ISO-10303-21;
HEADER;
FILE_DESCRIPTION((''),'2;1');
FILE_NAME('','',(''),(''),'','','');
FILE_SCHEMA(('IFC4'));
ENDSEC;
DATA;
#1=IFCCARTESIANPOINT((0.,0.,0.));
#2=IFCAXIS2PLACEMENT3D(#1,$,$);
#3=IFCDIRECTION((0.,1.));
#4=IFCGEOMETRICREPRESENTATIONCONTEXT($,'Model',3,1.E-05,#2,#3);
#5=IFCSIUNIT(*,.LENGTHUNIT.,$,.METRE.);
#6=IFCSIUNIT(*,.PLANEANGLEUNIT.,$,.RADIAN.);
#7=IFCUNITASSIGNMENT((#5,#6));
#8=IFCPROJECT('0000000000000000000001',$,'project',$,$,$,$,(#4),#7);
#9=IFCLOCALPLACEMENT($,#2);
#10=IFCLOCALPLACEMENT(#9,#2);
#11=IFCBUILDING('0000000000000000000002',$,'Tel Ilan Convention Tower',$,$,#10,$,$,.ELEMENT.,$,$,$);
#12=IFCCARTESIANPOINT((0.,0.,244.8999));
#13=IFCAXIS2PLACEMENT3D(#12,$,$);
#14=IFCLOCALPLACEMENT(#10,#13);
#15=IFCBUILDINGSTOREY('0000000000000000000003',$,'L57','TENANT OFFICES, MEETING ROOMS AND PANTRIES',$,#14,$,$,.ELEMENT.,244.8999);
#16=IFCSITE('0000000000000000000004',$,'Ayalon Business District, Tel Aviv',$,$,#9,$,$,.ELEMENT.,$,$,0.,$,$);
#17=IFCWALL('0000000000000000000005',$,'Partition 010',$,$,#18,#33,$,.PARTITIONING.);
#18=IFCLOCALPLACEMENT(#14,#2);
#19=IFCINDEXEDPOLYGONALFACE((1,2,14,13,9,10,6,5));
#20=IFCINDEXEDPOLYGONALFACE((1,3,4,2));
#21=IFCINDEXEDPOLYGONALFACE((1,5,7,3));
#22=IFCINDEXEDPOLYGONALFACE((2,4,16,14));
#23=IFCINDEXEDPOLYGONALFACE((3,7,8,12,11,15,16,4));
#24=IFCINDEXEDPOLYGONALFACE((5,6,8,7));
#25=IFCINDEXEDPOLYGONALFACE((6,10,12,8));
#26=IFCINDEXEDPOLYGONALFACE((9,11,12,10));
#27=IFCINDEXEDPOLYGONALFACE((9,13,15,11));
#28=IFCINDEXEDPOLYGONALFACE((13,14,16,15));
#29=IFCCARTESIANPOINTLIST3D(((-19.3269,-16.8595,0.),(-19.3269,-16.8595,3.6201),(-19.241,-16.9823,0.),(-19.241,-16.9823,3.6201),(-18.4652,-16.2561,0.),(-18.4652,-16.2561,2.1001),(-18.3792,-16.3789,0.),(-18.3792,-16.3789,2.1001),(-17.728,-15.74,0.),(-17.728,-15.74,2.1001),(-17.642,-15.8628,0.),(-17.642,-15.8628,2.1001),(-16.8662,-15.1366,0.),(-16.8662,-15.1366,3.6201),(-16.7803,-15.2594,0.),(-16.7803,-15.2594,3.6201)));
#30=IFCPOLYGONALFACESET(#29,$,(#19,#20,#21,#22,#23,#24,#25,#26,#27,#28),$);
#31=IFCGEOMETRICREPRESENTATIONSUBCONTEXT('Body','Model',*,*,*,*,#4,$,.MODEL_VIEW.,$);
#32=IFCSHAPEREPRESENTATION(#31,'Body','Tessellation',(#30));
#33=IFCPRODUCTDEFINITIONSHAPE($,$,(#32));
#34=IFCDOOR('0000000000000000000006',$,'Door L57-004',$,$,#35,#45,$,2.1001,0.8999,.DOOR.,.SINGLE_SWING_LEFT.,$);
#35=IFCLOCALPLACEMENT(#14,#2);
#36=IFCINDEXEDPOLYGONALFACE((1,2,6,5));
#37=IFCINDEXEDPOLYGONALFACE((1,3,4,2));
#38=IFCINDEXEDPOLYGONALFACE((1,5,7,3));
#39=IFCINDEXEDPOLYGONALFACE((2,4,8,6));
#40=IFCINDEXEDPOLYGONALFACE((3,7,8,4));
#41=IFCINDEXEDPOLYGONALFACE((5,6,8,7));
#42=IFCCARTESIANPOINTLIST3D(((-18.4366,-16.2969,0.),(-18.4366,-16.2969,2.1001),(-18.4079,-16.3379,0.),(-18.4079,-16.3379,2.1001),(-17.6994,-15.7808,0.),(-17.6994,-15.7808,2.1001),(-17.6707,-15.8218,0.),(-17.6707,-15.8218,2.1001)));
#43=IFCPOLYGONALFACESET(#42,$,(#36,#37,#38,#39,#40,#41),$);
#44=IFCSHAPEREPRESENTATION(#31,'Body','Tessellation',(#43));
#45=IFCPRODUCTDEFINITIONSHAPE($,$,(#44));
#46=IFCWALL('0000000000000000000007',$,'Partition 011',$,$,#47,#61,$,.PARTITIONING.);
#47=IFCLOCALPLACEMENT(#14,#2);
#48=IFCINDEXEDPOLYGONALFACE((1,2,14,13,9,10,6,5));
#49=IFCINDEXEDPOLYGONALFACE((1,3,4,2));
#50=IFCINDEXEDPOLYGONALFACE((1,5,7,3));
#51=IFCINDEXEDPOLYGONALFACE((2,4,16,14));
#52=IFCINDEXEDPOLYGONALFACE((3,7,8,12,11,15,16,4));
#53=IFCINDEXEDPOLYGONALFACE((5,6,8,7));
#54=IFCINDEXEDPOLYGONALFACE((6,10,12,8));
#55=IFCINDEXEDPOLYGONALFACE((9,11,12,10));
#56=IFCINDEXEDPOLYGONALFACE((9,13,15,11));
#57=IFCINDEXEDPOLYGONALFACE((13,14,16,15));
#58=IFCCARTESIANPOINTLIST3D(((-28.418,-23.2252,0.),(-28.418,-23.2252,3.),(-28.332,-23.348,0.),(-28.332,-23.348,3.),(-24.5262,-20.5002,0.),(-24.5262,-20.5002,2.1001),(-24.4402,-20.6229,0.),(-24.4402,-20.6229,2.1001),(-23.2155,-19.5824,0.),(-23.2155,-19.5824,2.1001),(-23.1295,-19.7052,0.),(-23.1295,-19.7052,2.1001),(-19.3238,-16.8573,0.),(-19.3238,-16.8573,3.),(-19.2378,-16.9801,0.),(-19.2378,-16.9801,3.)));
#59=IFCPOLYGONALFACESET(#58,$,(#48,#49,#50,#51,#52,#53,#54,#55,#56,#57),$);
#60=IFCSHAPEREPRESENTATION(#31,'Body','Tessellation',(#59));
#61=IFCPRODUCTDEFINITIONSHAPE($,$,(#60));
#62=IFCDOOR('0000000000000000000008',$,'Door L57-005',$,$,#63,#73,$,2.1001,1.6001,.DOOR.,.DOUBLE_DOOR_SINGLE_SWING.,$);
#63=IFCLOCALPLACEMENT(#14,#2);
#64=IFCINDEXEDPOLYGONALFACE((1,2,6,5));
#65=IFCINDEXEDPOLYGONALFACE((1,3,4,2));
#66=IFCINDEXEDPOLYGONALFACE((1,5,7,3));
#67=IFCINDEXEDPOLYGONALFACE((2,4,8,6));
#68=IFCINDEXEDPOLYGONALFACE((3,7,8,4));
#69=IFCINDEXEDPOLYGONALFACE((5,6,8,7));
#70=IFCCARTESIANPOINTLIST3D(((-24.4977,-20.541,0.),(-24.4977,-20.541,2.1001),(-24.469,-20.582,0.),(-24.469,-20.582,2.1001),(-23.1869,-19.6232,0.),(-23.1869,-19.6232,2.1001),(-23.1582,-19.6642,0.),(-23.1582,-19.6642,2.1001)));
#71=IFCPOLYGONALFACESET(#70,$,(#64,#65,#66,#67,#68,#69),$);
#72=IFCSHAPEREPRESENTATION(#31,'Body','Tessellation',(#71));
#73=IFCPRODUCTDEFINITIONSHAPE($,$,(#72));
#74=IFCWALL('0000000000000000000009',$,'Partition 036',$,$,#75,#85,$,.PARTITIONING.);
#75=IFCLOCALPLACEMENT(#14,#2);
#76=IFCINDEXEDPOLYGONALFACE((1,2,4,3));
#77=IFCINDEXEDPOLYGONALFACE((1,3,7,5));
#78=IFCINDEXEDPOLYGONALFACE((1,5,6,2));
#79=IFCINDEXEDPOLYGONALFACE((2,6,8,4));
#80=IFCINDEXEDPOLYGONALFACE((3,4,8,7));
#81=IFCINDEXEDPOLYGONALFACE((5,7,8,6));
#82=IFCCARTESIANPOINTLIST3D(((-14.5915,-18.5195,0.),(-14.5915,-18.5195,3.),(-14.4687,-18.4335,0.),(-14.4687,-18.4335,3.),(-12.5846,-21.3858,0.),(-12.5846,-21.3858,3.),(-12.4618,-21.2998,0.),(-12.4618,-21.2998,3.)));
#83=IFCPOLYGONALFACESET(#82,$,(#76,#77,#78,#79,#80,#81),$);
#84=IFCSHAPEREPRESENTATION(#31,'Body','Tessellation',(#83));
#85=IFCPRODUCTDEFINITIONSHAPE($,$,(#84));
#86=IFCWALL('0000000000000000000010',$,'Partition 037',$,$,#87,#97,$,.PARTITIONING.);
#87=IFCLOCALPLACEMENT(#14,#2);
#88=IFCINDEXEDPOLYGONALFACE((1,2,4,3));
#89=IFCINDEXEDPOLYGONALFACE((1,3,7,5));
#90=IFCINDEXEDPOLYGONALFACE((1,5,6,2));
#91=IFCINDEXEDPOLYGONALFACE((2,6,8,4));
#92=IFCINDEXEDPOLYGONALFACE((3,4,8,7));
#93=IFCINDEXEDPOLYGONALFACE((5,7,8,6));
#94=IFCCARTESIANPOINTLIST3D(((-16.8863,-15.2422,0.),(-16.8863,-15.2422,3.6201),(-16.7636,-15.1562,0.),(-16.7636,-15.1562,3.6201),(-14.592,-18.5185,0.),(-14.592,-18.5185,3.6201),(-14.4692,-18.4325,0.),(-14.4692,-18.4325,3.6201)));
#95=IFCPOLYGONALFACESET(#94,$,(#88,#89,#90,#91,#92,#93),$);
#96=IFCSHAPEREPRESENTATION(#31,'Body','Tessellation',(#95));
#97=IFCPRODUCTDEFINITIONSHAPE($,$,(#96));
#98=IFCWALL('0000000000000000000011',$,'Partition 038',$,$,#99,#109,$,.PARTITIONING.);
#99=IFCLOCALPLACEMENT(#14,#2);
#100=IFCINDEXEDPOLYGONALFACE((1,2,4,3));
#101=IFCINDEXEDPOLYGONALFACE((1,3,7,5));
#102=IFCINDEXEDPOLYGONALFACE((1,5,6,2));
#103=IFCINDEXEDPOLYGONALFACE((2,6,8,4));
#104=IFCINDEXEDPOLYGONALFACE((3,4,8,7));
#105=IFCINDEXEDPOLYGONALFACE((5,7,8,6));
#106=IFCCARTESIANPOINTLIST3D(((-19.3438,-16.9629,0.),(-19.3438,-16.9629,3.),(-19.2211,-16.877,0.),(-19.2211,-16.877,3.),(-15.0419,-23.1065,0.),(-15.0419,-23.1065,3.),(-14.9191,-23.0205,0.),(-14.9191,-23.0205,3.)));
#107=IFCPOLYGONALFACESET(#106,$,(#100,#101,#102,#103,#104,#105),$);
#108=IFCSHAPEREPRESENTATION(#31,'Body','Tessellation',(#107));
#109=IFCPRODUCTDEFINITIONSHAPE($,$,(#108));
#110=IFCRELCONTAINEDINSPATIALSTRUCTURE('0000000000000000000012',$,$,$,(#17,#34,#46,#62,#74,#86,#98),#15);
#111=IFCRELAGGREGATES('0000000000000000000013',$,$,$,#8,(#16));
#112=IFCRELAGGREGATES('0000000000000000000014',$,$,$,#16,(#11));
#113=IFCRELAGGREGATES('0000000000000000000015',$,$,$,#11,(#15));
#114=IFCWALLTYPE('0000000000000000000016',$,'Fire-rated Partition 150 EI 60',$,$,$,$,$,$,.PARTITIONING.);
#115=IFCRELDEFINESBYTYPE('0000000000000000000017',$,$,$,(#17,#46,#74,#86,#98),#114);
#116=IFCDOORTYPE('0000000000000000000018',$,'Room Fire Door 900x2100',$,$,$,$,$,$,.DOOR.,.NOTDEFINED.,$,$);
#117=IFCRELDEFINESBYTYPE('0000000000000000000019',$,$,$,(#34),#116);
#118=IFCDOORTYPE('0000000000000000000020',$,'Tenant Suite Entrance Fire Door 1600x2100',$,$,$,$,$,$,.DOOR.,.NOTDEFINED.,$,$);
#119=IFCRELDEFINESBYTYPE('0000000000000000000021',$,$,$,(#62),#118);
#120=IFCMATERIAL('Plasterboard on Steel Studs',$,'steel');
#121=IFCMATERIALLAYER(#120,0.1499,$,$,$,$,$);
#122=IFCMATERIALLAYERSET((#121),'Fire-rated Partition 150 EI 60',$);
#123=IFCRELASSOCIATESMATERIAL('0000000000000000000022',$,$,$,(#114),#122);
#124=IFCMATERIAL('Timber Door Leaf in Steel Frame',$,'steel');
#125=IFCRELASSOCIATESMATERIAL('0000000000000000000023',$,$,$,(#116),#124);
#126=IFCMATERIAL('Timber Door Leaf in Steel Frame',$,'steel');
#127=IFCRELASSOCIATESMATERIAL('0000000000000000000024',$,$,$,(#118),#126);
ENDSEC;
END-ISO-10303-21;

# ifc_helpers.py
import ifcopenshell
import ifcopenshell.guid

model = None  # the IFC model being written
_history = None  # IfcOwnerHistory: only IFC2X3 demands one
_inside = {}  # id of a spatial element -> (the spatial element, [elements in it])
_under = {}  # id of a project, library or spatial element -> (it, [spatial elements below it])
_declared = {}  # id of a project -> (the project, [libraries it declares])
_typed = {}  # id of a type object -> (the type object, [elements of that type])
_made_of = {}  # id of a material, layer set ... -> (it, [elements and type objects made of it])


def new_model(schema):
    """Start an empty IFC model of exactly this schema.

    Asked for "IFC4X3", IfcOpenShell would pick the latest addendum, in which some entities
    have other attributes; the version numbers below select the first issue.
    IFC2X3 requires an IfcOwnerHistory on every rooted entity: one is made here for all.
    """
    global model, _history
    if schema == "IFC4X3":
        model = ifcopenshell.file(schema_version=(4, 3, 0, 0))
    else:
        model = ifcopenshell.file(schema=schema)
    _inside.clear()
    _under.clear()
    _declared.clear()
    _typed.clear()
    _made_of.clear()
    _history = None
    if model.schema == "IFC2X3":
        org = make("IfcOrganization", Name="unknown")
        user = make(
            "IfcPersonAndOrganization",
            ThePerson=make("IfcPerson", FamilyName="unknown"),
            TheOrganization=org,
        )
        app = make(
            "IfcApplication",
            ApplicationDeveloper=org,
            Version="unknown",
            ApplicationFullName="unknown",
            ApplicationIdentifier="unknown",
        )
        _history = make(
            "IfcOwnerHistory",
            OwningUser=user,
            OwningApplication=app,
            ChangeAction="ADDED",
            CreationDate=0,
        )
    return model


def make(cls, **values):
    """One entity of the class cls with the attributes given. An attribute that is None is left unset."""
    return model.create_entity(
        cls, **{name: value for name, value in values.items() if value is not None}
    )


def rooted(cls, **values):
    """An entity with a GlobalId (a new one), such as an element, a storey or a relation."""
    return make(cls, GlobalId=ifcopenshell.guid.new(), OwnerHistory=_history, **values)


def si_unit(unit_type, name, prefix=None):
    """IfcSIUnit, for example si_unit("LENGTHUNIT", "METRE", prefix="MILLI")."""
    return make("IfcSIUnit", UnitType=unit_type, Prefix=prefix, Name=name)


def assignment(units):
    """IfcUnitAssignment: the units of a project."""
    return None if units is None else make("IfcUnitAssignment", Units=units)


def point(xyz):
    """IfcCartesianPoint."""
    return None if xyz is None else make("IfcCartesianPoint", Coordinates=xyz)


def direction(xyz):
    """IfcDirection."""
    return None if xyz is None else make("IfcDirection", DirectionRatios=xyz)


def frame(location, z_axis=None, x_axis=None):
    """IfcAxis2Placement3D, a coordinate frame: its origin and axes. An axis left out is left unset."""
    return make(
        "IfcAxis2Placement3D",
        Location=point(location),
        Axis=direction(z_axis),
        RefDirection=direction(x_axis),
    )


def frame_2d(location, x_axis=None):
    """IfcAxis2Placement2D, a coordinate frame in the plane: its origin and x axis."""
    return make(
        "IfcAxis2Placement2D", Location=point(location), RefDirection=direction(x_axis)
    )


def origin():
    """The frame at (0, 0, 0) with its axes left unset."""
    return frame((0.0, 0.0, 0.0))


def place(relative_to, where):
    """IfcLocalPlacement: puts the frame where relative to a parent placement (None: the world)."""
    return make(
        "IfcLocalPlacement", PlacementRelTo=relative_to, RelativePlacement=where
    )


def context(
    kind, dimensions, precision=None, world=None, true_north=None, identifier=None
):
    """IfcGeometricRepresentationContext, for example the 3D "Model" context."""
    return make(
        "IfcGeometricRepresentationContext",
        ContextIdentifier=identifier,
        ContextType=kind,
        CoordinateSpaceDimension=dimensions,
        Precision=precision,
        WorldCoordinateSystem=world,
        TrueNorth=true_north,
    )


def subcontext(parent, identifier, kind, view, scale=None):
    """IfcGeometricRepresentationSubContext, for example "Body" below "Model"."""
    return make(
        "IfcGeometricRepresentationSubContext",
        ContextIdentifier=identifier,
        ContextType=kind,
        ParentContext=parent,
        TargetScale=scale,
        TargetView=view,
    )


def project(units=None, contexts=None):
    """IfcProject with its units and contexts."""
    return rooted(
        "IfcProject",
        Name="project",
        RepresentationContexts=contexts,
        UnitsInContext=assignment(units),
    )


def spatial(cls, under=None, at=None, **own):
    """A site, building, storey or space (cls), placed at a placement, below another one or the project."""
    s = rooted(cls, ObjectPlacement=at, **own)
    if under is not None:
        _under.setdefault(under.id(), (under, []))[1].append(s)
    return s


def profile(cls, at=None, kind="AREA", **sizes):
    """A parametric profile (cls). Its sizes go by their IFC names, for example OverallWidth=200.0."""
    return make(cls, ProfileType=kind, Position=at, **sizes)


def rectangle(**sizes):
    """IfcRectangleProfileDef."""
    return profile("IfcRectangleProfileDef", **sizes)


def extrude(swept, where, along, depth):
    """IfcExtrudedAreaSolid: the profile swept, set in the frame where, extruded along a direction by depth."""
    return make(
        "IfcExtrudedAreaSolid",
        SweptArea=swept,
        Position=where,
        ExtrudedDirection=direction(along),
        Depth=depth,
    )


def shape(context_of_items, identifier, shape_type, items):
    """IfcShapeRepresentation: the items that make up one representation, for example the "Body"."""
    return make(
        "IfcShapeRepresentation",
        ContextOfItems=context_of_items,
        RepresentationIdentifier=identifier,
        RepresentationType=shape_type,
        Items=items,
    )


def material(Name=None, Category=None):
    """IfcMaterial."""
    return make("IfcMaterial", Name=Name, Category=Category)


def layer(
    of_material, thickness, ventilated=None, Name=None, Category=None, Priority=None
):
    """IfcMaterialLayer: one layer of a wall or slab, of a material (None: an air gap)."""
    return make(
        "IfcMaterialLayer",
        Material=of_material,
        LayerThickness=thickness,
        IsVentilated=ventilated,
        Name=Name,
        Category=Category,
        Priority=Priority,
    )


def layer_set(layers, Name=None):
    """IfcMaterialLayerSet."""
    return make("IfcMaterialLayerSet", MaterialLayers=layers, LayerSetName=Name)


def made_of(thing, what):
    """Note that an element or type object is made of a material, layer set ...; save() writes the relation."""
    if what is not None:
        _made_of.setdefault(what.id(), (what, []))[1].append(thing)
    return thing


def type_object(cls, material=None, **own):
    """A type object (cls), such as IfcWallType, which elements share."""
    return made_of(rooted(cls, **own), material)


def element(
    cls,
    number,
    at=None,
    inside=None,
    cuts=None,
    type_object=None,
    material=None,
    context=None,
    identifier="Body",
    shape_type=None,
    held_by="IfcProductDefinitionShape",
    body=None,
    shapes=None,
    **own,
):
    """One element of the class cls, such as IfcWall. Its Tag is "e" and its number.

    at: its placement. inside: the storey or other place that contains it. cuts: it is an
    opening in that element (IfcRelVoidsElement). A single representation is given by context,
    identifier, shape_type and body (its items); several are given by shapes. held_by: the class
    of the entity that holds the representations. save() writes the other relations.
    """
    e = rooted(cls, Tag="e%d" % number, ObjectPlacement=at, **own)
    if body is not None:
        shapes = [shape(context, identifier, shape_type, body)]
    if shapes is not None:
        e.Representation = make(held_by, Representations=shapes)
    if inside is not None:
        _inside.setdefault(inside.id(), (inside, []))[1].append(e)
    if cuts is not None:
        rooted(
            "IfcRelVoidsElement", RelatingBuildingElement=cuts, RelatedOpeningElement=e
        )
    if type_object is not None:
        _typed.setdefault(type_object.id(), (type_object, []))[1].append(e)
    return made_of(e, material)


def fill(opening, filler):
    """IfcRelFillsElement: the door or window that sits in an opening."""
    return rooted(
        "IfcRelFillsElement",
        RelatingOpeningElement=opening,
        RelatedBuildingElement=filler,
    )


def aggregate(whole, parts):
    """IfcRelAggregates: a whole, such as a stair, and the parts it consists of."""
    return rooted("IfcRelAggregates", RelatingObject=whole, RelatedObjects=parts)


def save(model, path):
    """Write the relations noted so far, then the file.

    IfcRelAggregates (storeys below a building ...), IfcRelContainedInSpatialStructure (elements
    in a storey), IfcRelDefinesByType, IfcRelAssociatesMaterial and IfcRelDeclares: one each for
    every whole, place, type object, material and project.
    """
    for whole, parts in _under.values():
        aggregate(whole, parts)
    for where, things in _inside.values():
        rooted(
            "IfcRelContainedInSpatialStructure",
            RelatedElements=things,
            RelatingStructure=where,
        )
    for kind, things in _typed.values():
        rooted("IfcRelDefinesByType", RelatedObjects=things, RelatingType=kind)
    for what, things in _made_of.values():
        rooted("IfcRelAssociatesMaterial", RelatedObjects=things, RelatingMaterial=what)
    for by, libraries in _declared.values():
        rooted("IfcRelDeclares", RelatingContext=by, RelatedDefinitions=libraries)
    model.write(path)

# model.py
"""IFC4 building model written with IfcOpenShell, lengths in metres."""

from ifc_helpers import new_model, si_unit, direction, frame, frame_2d, origin, place, context, subcontext, project, spatial, rectangle, extrude, material, layer, layer_set, type_object, element, fill, save


model = new_model("IFC4")

# Units and contexts
model_context = context("Model", 3, precision=1e-05, world=origin(), true_north=direction((0.0, 1.0)))
body_context = subcontext(model_context, "Body", "Model", "MODEL_VIEW")
ifc_project = project(units=[si_unit("LENGTHUNIT", "METRE"), si_unit("PLANEANGLEUNIT", "RADIAN")], contexts=[model_context])

# Site, building, storey
site_placement = place(None, origin())
site = spatial("IfcSite", under=ifc_project, at=site_placement, Name="Ayalon Business District, Tel Aviv", CompositionType="ELEMENT", RefElevation=0.0)
building_placement = place(site_placement, origin())
building = spatial("IfcBuilding", under=site, at=building_placement, Name="Tel Ilan Convention Tower", CompositionType="ELEMENT")
storey_placement = place(building_placement, frame((0.0, 0.0, 244.8999)))
storey = spatial("IfcBuildingStorey", under=building, at=storey_placement, Name="L57", Description="TENANT OFFICES, MEETING ROOMS AND PANTRIES", CompositionType="ELEMENT", Elevation=244.8999)

# Walls, openings, doors
ifc_material_1 = material(Name="Plasterboard on Steel Studs", Category="steel")
ifc_layer_1 = layer(ifc_material_1, 0.1499)
ifc_layer_set_1 = layer_set([ifc_layer_1], Name="Fire-rated Partition 150 EI 60")
wall_type = type_object("IfcWallType", Name="Fire-rated Partition 150 EI 60", PredefinedType="PARTITIONING", material=ifc_layer_set_1)
wall_1_placement = place(storey_placement, frame((-16.8232, -15.198, 0.0), z_axis=(0.0, 0.0, 1.0), x_axis=(-0.819167, -0.573555, 0.0)))
wall_1 = element("IfcWall", 1, at=wall_1_placement, inside=storey, type_object=wall_type, Name="Partition 010", PredefinedType="PARTITIONING", context=body_context, shape_type="SweptSolid", body=[
    extrude(rectangle(XDim=3.0039, YDim=0.1499, at=frame_2d((1.502, 0.0))), origin(), (0.0, 0.0, 1.0), 3.6201),
])
opening_1_placement = place(wall_1_placement, frame((1.052, 0.0, 0.0)))
opening_1 = element("IfcOpeningElement", 2, at=opening_1_placement, cuts=wall_1, PredefinedType="OPENING", context=body_context, shape_type="SweptSolid", body=[
    extrude(rectangle(XDim=0.8999, YDim=2.1001, at=frame_2d((0.45, 1.05))), frame((0.0, 0.085, 0.0), z_axis=(0.0, -1.0, 0.0), x_axis=(1.0, 0.0, 0.0)), (0.0, 0.0, 1.0), 0.1699),
])
ifc_material_2 = material(Name="Timber Door Leaf in Steel Frame", Category="steel")
door_type_1 = type_object("IfcDoorType", Name="Room Fire Door 900x2100", OperationType="NOTDEFINED", PredefinedType="DOOR", material=ifc_material_2)
door_1_placement = place(opening_1_placement, origin())
door_1 = element("IfcDoor", 3, at=door_1_placement, inside=storey, type_object=door_type_1, Name="Door L57-004", OperationType="SINGLE_SWING_LEFT", OverallHeight=2.1001, OverallWidth=0.8999, PredefinedType="DOOR", context=body_context, shape_type="SweptSolid", body=[
    extrude(rectangle(XDim=0.8999, YDim=2.1001, at=frame_2d((0.45, 1.05))), frame((0.0, 0.0249, 0.0), z_axis=(0.0, -1.0, 0.0), x_axis=(1.0, 0.0, 0.0)), (0.0, 0.0, 1.0), 0.05),
])
fill(opening_1, door_1)
wall_2_placement = place(storey_placement, frame((-19.2808, -16.9187, 0.0), z_axis=(0.0, 0.0, 1.0), x_axis=(-0.819149, -0.57358, 0.0)))
wall_2 = element("IfcWall", 4, at=wall_2_placement, inside=storey, type_object=wall_type, Name="Partition 011", PredefinedType="PARTITIONING", context=body_context, shape_type="SweptSolid", body=[
    extrude(rectangle(XDim=11.1021, YDim=0.1499, at=frame_2d((5.551, 0.0))), origin(), (0.0, 0.0, 1.0), 3.0),
])
opening_2_placement = place(wall_2_placement, frame((4.751, 0.0, 0.0)))
opening_2 = element("IfcOpeningElement", 5, at=opening_2_placement, cuts=wall_2, PredefinedType="OPENING", context=body_context, shape_type="SweptSolid", body=[
    extrude(rectangle(XDim=1.6001, YDim=2.1001, at=frame_2d((0.8, 1.05))), frame((0.0, 0.085, 0.0), z_axis=(0.0, -1.0, 0.0), x_axis=(1.0, 0.0, 0.0)), (0.0, 0.0, 1.0), 0.1699),
])
ifc_material_3 = material(Name="Timber Door Leaf in Steel Frame", Category="steel")
door_type_2 = type_object("IfcDoorType", Name="Tenant Suite Entrance Fire Door 1600x2100", OperationType="NOTDEFINED", PredefinedType="DOOR", material=ifc_material_3)
door_2_placement = place(opening_2_placement, origin())
door_2 = element("IfcDoor", 6, at=door_2_placement, inside=storey, type_object=door_type_2, Name="Door L57-005", OperationType="DOUBLE_DOOR_SINGLE_SWING", OverallHeight=2.1001, OverallWidth=1.6001, PredefinedType="DOOR", context=body_context, shape_type="SweptSolid", body=[
    extrude(rectangle(XDim=1.6001, YDim=2.1001, at=frame_2d((0.8, 1.05))), frame((0.0, 0.0249, 0.0), z_axis=(0.0, -1.0, 0.0), x_axis=(1.0, 0.0, 0.0)), (0.0, 0.0, 1.0), 0.05),
])
fill(opening_2, door_2)

# Walls
wall_3_placement = place(storey_placement, frame((-12.5232, -21.3428, 0.0), z_axis=(0.0, 0.0, 1.0), x_axis=(-0.573556, 0.819166, 0.0)))
element("IfcWall", 7, at=wall_3_placement, inside=storey, type_object=wall_type, Name="Partition 036", PredefinedType="PARTITIONING", context=body_context, shape_type="SweptSolid", body=[
    extrude(rectangle(XDim=3.499, YDim=0.1499, at=frame_2d((1.7495, 0.0))), origin(), (0.0, 0.0, 1.0), 3.0),
])
wall_4_placement = place(storey_placement, frame((-14.5305, -18.4756, 0.0), z_axis=(0.0, 0.0, 1.0), x_axis=(-0.573626, 0.819117, 0.0)))
element("IfcWall", 8, at=wall_4_placement, inside=storey, type_object=wall_type, Name="Partition 037", PredefinedType="PARTITIONING", context=body_context, shape_type="SweptSolid", body=[
    extrude(rectangle(XDim=3.9998, YDim=0.1499, at=frame_2d((2.0, 0.0))), origin(), (0.0, 0.0, 1.0), 3.6201),
])
wall_5_placement = place(storey_placement, frame((-14.9805, -23.0635, 0.0), z_axis=(0.0, 0.0, 1.0), x_axis=(-0.573598, 0.819137, 0.0)))
element("IfcWall", 9, at=wall_5_placement, inside=storey, type_object=wall_type, Name="Partition 038", PredefinedType="PARTITIONING", context=body_context, shape_type="SweptSolid", body=[
    extrude(rectangle(XDim=7.5, YDim=0.1499, at=frame_2d((3.75, 0.0))), origin(), (0.0, 0.0, 1.0), 3.0),
])

save(model, "model.ifc")
